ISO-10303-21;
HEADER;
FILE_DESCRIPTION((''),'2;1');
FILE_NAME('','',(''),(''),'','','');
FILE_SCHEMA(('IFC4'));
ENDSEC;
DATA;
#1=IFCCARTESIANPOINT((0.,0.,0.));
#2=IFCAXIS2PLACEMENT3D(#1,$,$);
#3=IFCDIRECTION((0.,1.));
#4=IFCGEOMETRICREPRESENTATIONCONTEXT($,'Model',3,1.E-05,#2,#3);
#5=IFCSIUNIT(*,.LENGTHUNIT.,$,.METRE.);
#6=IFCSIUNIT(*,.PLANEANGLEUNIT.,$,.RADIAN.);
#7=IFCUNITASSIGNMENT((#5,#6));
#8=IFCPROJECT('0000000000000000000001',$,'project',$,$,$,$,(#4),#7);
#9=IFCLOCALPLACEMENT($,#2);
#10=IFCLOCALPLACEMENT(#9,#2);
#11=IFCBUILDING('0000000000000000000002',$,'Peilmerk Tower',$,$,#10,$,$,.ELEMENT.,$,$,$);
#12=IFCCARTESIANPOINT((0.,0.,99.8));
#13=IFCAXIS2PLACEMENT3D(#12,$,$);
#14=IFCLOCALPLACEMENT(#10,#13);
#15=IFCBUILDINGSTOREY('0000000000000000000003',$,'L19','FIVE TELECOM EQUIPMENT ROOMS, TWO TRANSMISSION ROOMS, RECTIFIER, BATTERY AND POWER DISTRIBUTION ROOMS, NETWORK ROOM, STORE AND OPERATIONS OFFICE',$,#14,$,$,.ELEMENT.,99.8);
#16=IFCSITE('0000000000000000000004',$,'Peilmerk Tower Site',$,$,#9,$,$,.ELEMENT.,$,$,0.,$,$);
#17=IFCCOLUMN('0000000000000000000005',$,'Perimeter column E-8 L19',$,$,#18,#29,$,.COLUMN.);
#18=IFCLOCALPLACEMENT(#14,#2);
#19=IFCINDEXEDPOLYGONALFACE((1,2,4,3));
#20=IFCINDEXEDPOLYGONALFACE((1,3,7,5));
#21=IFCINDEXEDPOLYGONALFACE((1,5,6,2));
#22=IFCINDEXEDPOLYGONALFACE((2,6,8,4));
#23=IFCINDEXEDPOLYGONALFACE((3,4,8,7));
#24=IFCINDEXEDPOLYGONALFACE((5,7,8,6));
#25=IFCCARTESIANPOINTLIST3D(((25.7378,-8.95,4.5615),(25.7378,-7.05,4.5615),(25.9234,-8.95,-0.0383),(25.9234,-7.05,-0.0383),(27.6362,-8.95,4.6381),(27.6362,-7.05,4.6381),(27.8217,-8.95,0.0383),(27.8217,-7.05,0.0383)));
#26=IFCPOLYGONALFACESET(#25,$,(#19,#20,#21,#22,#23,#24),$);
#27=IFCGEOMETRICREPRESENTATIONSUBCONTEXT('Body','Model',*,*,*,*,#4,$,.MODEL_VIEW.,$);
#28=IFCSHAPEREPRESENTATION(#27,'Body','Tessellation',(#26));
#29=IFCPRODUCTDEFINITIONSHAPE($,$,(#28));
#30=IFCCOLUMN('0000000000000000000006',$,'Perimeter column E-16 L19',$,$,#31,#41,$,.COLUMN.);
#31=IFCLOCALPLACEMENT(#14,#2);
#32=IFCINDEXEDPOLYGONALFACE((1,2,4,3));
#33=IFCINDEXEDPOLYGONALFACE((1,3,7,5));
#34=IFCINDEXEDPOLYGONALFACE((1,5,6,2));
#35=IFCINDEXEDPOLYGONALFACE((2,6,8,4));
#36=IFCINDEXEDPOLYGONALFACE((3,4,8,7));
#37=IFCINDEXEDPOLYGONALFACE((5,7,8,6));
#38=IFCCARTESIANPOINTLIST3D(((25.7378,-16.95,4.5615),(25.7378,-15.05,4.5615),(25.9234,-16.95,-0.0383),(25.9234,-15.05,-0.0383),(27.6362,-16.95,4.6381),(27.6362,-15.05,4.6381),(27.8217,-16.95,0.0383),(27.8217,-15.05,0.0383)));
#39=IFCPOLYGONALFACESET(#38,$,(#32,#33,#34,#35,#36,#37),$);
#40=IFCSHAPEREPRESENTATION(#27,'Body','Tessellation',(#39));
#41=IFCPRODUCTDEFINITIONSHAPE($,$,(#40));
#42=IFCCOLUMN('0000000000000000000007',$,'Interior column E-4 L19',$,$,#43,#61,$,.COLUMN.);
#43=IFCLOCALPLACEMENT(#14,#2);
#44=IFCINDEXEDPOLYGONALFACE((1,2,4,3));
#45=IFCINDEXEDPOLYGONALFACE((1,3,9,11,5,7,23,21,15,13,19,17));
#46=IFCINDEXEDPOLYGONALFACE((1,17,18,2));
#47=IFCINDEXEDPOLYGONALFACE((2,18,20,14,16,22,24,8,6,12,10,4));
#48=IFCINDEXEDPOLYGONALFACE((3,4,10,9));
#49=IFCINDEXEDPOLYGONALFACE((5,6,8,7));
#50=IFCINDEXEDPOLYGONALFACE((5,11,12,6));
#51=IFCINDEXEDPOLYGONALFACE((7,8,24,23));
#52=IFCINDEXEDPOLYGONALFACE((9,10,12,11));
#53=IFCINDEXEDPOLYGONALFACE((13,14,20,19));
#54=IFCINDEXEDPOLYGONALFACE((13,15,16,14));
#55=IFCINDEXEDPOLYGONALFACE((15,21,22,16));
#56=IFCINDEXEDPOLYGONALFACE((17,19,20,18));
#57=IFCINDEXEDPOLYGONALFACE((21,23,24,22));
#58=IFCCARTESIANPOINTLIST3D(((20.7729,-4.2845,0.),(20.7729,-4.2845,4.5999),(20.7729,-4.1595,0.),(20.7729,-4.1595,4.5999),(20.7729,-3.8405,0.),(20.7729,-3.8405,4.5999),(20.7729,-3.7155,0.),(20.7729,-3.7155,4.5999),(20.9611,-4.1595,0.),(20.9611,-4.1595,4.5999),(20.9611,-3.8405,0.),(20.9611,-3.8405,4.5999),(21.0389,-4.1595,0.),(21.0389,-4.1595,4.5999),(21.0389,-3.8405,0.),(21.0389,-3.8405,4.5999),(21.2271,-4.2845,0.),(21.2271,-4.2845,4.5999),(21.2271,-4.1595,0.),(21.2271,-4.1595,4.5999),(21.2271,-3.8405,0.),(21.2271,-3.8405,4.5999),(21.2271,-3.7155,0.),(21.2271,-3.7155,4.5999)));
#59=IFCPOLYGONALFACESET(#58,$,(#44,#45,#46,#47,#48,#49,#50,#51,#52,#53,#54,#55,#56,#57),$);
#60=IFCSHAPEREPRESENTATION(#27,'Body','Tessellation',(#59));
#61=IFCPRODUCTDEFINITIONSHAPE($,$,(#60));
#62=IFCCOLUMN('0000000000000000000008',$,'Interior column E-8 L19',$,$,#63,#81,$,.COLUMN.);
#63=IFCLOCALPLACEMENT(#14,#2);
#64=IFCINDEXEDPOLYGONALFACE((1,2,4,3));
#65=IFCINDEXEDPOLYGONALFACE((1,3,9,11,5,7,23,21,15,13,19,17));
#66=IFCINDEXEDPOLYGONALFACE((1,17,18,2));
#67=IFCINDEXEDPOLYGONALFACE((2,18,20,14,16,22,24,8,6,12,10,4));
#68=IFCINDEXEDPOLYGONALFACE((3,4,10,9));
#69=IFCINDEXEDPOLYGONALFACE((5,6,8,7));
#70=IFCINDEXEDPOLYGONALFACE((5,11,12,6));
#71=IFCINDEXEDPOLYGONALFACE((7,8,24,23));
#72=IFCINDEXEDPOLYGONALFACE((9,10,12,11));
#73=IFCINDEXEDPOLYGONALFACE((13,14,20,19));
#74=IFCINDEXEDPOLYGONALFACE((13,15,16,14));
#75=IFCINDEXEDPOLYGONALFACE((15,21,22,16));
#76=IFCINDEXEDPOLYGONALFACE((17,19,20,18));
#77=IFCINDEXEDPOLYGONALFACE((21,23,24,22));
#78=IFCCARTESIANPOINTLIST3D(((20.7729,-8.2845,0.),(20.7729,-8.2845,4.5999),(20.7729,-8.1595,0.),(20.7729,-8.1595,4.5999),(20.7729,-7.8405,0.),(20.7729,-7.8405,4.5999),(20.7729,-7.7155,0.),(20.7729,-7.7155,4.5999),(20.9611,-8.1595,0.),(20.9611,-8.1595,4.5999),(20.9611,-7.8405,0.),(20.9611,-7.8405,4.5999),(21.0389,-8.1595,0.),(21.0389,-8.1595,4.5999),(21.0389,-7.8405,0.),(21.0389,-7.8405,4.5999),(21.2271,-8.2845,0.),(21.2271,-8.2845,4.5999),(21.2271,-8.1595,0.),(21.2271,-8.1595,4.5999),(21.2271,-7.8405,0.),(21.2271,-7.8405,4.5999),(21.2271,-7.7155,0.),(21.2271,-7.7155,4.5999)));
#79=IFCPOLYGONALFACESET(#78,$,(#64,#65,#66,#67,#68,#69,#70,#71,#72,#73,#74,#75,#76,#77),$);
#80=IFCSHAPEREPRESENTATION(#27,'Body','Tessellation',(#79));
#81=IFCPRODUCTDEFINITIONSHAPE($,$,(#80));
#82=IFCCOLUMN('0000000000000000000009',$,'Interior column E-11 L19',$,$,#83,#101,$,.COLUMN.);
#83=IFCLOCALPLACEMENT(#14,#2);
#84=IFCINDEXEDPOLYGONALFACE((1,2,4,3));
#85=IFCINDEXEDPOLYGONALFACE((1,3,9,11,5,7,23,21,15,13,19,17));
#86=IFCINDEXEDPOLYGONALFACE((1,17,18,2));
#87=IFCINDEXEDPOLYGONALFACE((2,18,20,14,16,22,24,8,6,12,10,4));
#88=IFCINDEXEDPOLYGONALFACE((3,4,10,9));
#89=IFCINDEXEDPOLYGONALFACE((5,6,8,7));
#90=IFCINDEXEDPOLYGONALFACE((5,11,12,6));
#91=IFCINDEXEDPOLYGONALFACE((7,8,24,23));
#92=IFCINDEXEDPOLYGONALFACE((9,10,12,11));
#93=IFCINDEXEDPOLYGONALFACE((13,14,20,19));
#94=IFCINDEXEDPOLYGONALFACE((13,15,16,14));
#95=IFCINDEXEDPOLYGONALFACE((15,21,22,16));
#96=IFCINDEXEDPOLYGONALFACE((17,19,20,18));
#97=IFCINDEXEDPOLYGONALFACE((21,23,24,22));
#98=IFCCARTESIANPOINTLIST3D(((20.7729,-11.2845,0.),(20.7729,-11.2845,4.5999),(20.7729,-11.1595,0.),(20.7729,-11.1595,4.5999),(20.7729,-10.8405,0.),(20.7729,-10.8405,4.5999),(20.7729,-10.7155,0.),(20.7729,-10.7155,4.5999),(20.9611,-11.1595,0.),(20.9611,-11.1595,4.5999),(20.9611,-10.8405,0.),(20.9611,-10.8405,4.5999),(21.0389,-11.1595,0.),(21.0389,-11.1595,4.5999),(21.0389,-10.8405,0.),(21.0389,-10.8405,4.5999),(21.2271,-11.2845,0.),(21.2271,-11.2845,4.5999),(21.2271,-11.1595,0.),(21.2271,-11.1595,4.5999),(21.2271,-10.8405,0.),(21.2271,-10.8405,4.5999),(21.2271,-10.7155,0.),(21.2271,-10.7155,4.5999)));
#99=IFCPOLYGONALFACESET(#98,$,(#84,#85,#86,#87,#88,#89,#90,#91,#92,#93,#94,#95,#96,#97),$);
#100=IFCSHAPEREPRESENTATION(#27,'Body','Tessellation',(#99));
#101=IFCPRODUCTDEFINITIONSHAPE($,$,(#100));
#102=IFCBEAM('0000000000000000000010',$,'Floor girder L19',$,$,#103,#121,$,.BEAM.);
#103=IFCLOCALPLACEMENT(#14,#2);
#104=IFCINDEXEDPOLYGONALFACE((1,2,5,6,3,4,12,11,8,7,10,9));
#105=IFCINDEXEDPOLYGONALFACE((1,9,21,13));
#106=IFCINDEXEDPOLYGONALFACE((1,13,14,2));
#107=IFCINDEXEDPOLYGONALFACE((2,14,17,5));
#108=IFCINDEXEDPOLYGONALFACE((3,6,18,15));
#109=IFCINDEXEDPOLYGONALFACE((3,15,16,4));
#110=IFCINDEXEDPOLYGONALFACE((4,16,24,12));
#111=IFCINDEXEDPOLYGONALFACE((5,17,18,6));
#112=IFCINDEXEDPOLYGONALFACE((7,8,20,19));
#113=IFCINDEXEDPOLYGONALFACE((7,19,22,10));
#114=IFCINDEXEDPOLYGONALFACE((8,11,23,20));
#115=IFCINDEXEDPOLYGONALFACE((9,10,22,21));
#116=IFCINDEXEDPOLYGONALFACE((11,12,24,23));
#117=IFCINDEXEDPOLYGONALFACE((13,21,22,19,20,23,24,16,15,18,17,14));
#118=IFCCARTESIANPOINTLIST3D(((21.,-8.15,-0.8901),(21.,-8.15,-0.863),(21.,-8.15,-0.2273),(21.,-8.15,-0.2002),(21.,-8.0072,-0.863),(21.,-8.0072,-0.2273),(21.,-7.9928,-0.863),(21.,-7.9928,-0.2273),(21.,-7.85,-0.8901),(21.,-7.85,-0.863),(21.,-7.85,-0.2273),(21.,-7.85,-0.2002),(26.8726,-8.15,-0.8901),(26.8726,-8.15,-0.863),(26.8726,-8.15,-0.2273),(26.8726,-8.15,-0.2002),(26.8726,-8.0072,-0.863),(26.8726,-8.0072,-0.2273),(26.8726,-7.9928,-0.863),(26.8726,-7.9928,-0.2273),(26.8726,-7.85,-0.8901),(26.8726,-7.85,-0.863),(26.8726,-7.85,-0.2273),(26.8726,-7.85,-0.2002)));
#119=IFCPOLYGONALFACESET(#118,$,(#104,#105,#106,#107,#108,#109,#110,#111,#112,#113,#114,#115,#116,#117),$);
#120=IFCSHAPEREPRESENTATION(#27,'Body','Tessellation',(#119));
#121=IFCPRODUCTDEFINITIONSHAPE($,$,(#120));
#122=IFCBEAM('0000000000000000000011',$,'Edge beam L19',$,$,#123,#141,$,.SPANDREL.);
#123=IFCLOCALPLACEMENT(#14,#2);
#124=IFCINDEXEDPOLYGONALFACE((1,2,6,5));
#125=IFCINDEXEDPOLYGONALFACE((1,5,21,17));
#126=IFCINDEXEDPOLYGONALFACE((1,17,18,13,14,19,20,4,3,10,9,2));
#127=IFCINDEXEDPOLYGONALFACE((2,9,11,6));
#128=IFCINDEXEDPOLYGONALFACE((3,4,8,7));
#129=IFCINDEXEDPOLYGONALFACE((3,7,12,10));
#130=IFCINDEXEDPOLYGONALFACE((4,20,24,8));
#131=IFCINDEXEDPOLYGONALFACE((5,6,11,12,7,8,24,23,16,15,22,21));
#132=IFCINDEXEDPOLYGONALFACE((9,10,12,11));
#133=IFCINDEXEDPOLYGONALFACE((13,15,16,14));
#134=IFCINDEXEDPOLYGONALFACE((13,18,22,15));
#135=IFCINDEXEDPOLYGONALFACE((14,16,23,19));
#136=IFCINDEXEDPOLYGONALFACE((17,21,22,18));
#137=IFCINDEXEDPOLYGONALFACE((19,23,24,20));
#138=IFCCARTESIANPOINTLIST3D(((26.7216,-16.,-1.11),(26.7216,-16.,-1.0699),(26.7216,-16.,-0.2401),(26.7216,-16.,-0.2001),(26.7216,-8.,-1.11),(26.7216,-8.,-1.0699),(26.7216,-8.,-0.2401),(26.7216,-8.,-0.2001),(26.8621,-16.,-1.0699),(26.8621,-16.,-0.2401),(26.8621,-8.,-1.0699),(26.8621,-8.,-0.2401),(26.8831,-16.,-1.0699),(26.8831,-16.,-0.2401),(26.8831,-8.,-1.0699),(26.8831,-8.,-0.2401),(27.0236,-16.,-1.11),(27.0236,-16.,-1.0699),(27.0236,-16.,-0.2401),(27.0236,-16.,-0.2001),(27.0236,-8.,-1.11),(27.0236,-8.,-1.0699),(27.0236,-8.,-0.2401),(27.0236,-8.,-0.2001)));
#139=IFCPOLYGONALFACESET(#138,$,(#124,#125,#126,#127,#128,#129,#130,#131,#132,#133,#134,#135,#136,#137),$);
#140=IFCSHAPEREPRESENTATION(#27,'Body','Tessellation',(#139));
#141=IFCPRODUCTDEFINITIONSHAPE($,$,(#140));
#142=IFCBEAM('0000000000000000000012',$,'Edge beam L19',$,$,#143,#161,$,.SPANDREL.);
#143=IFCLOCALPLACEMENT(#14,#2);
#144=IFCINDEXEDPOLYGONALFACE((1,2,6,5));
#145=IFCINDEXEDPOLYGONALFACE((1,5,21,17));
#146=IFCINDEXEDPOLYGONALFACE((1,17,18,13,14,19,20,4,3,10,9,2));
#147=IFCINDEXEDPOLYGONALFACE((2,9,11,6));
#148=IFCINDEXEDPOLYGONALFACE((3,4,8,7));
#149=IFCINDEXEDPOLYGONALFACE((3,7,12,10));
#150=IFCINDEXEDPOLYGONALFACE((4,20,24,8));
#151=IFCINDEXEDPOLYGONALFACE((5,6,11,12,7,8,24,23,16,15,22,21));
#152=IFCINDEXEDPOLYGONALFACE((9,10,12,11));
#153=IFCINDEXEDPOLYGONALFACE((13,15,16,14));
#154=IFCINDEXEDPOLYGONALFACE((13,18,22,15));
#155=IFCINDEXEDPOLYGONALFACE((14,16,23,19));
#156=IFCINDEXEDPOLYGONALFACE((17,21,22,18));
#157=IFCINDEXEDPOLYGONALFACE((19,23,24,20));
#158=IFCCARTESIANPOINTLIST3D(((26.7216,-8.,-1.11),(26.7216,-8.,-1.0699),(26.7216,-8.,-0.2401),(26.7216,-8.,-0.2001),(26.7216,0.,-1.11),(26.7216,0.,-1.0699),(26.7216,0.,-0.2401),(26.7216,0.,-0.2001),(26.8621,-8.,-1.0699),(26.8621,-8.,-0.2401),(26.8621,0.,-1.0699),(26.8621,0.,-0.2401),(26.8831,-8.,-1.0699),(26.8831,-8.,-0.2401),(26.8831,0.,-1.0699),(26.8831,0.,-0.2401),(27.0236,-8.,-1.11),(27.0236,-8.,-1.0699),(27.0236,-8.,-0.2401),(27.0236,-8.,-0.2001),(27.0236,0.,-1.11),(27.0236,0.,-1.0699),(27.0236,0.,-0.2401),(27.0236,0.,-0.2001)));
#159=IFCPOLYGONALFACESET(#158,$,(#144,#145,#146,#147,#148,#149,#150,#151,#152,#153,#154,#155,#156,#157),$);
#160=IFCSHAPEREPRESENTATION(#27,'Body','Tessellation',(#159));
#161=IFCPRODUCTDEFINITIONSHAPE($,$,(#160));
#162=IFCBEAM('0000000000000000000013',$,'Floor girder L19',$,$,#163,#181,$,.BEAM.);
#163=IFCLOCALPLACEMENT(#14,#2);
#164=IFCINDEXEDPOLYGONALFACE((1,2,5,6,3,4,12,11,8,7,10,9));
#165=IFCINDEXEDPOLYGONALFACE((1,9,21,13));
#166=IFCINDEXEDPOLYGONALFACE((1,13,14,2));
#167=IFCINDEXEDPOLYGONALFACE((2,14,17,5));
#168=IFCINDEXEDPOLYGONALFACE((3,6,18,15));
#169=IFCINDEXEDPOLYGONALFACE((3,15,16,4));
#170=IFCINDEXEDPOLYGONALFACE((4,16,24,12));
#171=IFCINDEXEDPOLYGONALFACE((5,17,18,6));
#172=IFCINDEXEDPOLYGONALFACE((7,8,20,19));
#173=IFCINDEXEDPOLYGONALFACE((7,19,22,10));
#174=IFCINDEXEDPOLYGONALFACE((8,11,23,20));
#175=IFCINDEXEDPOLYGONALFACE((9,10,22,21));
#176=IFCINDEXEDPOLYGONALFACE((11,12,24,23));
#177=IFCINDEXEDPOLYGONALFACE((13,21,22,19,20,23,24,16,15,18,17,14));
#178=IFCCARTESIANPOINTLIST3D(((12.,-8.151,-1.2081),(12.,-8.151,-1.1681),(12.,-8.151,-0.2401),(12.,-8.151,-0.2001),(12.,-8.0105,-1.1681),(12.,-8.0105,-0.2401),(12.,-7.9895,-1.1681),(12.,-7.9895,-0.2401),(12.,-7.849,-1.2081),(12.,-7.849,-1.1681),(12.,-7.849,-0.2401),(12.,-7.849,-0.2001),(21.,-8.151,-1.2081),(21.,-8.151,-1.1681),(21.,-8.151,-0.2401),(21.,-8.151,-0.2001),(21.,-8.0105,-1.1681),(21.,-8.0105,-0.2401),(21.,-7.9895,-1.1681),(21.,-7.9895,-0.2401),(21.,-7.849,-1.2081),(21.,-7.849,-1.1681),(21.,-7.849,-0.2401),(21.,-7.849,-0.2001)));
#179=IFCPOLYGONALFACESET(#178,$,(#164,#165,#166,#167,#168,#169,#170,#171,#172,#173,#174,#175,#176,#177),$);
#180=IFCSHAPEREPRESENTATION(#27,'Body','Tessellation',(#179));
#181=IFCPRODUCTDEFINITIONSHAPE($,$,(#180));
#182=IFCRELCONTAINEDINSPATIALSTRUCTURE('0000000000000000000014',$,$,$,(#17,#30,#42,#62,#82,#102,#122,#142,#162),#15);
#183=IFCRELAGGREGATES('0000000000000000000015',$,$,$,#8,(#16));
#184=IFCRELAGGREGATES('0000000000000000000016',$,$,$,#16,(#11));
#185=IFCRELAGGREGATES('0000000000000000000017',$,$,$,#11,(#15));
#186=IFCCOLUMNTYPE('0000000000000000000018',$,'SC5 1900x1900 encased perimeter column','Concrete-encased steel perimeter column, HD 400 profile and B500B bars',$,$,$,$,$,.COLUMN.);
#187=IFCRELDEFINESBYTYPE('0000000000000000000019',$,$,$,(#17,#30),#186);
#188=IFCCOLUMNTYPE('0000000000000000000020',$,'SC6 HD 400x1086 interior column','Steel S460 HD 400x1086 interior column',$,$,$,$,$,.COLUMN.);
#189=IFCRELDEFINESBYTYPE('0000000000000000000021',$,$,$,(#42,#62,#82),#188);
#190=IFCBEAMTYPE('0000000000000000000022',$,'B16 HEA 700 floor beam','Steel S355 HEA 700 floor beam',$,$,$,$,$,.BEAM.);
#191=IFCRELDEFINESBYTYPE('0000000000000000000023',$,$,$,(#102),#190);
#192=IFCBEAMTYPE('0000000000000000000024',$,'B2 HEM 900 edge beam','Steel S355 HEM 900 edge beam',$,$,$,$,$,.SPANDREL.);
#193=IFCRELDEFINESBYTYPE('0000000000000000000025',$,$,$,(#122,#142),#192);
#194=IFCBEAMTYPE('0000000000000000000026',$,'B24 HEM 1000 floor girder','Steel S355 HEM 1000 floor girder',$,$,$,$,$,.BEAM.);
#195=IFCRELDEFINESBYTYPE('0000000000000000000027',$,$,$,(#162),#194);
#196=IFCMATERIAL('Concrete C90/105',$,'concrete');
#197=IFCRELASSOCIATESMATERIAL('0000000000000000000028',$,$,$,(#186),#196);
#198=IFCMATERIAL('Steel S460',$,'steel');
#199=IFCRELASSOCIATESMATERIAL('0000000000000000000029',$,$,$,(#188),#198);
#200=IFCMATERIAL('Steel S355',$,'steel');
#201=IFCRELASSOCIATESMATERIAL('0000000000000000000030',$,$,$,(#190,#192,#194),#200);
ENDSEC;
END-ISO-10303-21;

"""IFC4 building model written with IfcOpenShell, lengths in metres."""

from ifc_helpers import new_model, si_unit, direction, frame, origin, origin_2d, place, context, subcontext, project, spatial, rectangle, i_section, extrude, material, material_profile, profile_set, type_object, element, save


model = new_model("IFC4")

# Units and contexts
model_context = context("Model", 3, precision=1e-05, world=origin(), true_north=direction((0.0, 1.0)))
body_context = subcontext(model_context, "Body", "Model", "MODEL_VIEW")
ifc_project = project(units=[si_unit("LENGTHUNIT", "METRE"), si_unit("PLANEANGLEUNIT", "RADIAN")], contexts=[model_context])

# Site, building, storey
site_placement = place(None, origin())
site = spatial("IfcSite", under=ifc_project, at=site_placement, Name="Peilmerk Tower Site", CompositionType="ELEMENT", RefElevation=0.0)
building_placement = place(site_placement, origin())
building = spatial("IfcBuilding", under=site, at=building_placement, Name="Peilmerk Tower", CompositionType="ELEMENT")
storey_placement = place(building_placement, frame((0.0, 0.0, 99.8)))
storey = spatial("IfcBuildingStorey", under=building, at=storey_placement, Name="L19", Description="FIVE TELECOM EQUIPMENT ROOMS, TWO TRANSMISSION ROOMS, RECTIFIER, BATTERY AND POWER DISTRIBUTION ROOMS, NETWORK ROOM, STORE AND OPERATIONS OFFICE", CompositionType="ELEMENT", Elevation=99.8)

# Columns
ifc_material_1 = material(Name="Concrete C90/105", Category="concrete")
ifc_material_profile_1 = material_profile(ifc_material_1, rectangle(XDim=1.8999, YDim=1.8999, at=origin_2d()), Name="RC 1900x1900")
ifc_profile_set_1 = profile_set([ifc_material_profile_1], Name="Concrete C90/105")
column_type_1 = type_object("IfcColumnType", Name="SC5 1900x1900 encased perimeter column", Description="Concrete-encased steel perimeter column, HD 400 profile and B500B bars", PredefinedType="COLUMN", material=ifc_profile_set_1)
for number, where, z_axis, x_axis, name in (
    (1, (26.8726, -8.0, 0.0), (-0.040305, 0.0, 0.999187), (0.0, -1.0, 0.0), "Perimeter column E-8 L19"),
    (2, (26.8726, -16.0, 0.0), (-0.040305, 0.0, 0.999187), (0.0, -1.0, 0.0), "Perimeter column E-16 L19"),
):
    element("IfcColumn", number, at=place(storey_placement, frame(where, z_axis=z_axis, x_axis=x_axis)), inside=storey, type_object=column_type_1, Name=name, PredefinedType="COLUMN", context=body_context, shape_type="SweptSolid", body=[
        extrude(rectangle(XDim=1.8999, YDim=1.8999, at=origin_2d()), origin(), (0.0, 0.0, 1.0), 4.6035),
    ])
ifc_material_2 = material(Name="Steel S460", Category="steel")
ifc_material_profile_2 = material_profile(ifc_material_2, i_section(OverallWidth=0.4541, OverallDepth=0.5691, WebThickness=0.0779, FlangeThickness=0.125, at=origin_2d()), Name="HD 400x1086")
ifc_profile_set_2 = profile_set([ifc_material_profile_2], Name="Steel S460")
column_type_2 = type_object("IfcColumnType", Name="SC6 HD 400x1086 interior column", Description="Steel S460 HD 400x1086 interior column", PredefinedType="COLUMN", material=ifc_profile_set_2)
for number, where, z_axis, x_axis, name in (
    (3, (21.0, -4.0, 0.0), (0.0, 0.0, 1.0), (1.0, 0.0, 0.0), "Interior column E-4 L19"),
    (4, (21.0, -8.0, 0.0), (0.0, 0.0, 1.0), (1.0, 0.0, 0.0), "Interior column E-8 L19"),
    (5, (21.0, -11.0, 0.0), (0.0, 0.0, 1.0), (1.0, 0.0, 0.0), "Interior column E-11 L19"),
):
    element("IfcColumn", number, at=place(storey_placement, frame(where, z_axis=z_axis, x_axis=x_axis)), inside=storey, type_object=column_type_2, Name=name, PredefinedType="COLUMN", context=body_context, shape_type="SweptSolid", body=[
        extrude(i_section(OverallWidth=0.4541, OverallDepth=0.5691, WebThickness=0.0779, FlangeThickness=0.125, at=origin_2d()), origin(), (0.0, 0.0, 1.0), 4.5999),
    ])

# Beams
ifc_material_3 = material(Name="Steel S355", Category="steel")
ifc_material_profile_3 = material_profile(ifc_material_3, i_section(OverallWidth=0.3, OverallDepth=0.6899, WebThickness=0.0144, FlangeThickness=0.0271, at=origin_2d()), Name="HEA 700")
ifc_profile_set_3 = profile_set([ifc_material_profile_3], Name="Steel S355")
beam_type_1 = type_object("IfcBeamType", Name="B16 HEA 700 floor beam", Description="Steel S355 HEA 700 floor beam", PredefinedType="BEAM", material=ifc_profile_set_3)
beam_1_placement = place(storey_placement, frame((21.0, -8.0, -0.5452), z_axis=(1.0, 0.0, 0.0), x_axis=(0.0, 1.0, 0.0)))
element("IfcBeam", 6, at=beam_1_placement, inside=storey, type_object=beam_type_1, Name="Floor girder L19", PredefinedType="BEAM", context=body_context, shape_type="SweptSolid", body=[
    extrude(i_section(OverallWidth=0.3, OverallDepth=0.6899, WebThickness=0.0144, FlangeThickness=0.0271, at=origin_2d()), origin(), (0.0, 0.0, 1.0), 5.8726),
])
ifc_material_profile_4 = material_profile(ifc_material_3, i_section(OverallWidth=0.302, OverallDepth=0.9099, WebThickness=0.021, FlangeThickness=0.04, at=origin_2d()), Name="HEM 900")
ifc_profile_set_4 = profile_set([ifc_material_profile_4], Name="Steel S355")
beam_type_2 = type_object("IfcBeamType", Name="B2 HEM 900 edge beam", Description="Steel S355 HEM 900 edge beam", PredefinedType="SPANDREL", material=ifc_profile_set_4)
for number, where, z_axis, x_axis, name in (
    (7, (26.8726, -16.0, -0.655), (0.0, 1.0, 0.0), (-1.0, 0.0, 0.0), "Edge beam L19"),
    (8, (26.8726, -8.0, -0.655), (0.0, 1.0, 0.0), (-1.0, 0.0, 0.0), "Edge beam L19"),
):
    element("IfcBeam", number, at=place(storey_placement, frame(where, z_axis=z_axis, x_axis=x_axis)), inside=storey, type_object=beam_type_2, Name=name, PredefinedType="SPANDREL", context=body_context, shape_type="SweptSolid", body=[
        extrude(i_section(OverallWidth=0.302, OverallDepth=0.9099, WebThickness=0.021, FlangeThickness=0.04, at=origin_2d()), origin(), (0.0, 0.0, 1.0), 8.0),
    ])
ifc_material_profile_5 = material_profile(ifc_material_3, i_section(OverallWidth=0.302, OverallDepth=1.0081, WebThickness=0.021, FlangeThickness=0.04, at=origin_2d()), Name="HEM 1000")
ifc_profile_set_5 = profile_set([ifc_material_profile_5], Name="Steel S355")
beam_type_3 = type_object("IfcBeamType", Name="B24 HEM 1000 floor girder", Description="Steel S355 HEM 1000 floor girder", PredefinedType="BEAM", material=ifc_profile_set_5)
beam_2_placement = place(storey_placement, frame((12.0, -8.0, -0.7041), z_axis=(1.0, 0.0, 0.0), x_axis=(0.0, 1.0, 0.0)))
element("IfcBeam", 9, at=beam_2_placement, inside=storey, type_object=beam_type_3, Name="Floor girder L19", PredefinedType="BEAM", context=body_context, shape_type="SweptSolid", body=[
    extrude(i_section(OverallWidth=0.302, OverallDepth=1.0081, WebThickness=0.021, FlangeThickness=0.04, at=origin_2d()), origin(), (0.0, 0.0, 1.0), 9.0),
])

save(model, "model.ifc")
